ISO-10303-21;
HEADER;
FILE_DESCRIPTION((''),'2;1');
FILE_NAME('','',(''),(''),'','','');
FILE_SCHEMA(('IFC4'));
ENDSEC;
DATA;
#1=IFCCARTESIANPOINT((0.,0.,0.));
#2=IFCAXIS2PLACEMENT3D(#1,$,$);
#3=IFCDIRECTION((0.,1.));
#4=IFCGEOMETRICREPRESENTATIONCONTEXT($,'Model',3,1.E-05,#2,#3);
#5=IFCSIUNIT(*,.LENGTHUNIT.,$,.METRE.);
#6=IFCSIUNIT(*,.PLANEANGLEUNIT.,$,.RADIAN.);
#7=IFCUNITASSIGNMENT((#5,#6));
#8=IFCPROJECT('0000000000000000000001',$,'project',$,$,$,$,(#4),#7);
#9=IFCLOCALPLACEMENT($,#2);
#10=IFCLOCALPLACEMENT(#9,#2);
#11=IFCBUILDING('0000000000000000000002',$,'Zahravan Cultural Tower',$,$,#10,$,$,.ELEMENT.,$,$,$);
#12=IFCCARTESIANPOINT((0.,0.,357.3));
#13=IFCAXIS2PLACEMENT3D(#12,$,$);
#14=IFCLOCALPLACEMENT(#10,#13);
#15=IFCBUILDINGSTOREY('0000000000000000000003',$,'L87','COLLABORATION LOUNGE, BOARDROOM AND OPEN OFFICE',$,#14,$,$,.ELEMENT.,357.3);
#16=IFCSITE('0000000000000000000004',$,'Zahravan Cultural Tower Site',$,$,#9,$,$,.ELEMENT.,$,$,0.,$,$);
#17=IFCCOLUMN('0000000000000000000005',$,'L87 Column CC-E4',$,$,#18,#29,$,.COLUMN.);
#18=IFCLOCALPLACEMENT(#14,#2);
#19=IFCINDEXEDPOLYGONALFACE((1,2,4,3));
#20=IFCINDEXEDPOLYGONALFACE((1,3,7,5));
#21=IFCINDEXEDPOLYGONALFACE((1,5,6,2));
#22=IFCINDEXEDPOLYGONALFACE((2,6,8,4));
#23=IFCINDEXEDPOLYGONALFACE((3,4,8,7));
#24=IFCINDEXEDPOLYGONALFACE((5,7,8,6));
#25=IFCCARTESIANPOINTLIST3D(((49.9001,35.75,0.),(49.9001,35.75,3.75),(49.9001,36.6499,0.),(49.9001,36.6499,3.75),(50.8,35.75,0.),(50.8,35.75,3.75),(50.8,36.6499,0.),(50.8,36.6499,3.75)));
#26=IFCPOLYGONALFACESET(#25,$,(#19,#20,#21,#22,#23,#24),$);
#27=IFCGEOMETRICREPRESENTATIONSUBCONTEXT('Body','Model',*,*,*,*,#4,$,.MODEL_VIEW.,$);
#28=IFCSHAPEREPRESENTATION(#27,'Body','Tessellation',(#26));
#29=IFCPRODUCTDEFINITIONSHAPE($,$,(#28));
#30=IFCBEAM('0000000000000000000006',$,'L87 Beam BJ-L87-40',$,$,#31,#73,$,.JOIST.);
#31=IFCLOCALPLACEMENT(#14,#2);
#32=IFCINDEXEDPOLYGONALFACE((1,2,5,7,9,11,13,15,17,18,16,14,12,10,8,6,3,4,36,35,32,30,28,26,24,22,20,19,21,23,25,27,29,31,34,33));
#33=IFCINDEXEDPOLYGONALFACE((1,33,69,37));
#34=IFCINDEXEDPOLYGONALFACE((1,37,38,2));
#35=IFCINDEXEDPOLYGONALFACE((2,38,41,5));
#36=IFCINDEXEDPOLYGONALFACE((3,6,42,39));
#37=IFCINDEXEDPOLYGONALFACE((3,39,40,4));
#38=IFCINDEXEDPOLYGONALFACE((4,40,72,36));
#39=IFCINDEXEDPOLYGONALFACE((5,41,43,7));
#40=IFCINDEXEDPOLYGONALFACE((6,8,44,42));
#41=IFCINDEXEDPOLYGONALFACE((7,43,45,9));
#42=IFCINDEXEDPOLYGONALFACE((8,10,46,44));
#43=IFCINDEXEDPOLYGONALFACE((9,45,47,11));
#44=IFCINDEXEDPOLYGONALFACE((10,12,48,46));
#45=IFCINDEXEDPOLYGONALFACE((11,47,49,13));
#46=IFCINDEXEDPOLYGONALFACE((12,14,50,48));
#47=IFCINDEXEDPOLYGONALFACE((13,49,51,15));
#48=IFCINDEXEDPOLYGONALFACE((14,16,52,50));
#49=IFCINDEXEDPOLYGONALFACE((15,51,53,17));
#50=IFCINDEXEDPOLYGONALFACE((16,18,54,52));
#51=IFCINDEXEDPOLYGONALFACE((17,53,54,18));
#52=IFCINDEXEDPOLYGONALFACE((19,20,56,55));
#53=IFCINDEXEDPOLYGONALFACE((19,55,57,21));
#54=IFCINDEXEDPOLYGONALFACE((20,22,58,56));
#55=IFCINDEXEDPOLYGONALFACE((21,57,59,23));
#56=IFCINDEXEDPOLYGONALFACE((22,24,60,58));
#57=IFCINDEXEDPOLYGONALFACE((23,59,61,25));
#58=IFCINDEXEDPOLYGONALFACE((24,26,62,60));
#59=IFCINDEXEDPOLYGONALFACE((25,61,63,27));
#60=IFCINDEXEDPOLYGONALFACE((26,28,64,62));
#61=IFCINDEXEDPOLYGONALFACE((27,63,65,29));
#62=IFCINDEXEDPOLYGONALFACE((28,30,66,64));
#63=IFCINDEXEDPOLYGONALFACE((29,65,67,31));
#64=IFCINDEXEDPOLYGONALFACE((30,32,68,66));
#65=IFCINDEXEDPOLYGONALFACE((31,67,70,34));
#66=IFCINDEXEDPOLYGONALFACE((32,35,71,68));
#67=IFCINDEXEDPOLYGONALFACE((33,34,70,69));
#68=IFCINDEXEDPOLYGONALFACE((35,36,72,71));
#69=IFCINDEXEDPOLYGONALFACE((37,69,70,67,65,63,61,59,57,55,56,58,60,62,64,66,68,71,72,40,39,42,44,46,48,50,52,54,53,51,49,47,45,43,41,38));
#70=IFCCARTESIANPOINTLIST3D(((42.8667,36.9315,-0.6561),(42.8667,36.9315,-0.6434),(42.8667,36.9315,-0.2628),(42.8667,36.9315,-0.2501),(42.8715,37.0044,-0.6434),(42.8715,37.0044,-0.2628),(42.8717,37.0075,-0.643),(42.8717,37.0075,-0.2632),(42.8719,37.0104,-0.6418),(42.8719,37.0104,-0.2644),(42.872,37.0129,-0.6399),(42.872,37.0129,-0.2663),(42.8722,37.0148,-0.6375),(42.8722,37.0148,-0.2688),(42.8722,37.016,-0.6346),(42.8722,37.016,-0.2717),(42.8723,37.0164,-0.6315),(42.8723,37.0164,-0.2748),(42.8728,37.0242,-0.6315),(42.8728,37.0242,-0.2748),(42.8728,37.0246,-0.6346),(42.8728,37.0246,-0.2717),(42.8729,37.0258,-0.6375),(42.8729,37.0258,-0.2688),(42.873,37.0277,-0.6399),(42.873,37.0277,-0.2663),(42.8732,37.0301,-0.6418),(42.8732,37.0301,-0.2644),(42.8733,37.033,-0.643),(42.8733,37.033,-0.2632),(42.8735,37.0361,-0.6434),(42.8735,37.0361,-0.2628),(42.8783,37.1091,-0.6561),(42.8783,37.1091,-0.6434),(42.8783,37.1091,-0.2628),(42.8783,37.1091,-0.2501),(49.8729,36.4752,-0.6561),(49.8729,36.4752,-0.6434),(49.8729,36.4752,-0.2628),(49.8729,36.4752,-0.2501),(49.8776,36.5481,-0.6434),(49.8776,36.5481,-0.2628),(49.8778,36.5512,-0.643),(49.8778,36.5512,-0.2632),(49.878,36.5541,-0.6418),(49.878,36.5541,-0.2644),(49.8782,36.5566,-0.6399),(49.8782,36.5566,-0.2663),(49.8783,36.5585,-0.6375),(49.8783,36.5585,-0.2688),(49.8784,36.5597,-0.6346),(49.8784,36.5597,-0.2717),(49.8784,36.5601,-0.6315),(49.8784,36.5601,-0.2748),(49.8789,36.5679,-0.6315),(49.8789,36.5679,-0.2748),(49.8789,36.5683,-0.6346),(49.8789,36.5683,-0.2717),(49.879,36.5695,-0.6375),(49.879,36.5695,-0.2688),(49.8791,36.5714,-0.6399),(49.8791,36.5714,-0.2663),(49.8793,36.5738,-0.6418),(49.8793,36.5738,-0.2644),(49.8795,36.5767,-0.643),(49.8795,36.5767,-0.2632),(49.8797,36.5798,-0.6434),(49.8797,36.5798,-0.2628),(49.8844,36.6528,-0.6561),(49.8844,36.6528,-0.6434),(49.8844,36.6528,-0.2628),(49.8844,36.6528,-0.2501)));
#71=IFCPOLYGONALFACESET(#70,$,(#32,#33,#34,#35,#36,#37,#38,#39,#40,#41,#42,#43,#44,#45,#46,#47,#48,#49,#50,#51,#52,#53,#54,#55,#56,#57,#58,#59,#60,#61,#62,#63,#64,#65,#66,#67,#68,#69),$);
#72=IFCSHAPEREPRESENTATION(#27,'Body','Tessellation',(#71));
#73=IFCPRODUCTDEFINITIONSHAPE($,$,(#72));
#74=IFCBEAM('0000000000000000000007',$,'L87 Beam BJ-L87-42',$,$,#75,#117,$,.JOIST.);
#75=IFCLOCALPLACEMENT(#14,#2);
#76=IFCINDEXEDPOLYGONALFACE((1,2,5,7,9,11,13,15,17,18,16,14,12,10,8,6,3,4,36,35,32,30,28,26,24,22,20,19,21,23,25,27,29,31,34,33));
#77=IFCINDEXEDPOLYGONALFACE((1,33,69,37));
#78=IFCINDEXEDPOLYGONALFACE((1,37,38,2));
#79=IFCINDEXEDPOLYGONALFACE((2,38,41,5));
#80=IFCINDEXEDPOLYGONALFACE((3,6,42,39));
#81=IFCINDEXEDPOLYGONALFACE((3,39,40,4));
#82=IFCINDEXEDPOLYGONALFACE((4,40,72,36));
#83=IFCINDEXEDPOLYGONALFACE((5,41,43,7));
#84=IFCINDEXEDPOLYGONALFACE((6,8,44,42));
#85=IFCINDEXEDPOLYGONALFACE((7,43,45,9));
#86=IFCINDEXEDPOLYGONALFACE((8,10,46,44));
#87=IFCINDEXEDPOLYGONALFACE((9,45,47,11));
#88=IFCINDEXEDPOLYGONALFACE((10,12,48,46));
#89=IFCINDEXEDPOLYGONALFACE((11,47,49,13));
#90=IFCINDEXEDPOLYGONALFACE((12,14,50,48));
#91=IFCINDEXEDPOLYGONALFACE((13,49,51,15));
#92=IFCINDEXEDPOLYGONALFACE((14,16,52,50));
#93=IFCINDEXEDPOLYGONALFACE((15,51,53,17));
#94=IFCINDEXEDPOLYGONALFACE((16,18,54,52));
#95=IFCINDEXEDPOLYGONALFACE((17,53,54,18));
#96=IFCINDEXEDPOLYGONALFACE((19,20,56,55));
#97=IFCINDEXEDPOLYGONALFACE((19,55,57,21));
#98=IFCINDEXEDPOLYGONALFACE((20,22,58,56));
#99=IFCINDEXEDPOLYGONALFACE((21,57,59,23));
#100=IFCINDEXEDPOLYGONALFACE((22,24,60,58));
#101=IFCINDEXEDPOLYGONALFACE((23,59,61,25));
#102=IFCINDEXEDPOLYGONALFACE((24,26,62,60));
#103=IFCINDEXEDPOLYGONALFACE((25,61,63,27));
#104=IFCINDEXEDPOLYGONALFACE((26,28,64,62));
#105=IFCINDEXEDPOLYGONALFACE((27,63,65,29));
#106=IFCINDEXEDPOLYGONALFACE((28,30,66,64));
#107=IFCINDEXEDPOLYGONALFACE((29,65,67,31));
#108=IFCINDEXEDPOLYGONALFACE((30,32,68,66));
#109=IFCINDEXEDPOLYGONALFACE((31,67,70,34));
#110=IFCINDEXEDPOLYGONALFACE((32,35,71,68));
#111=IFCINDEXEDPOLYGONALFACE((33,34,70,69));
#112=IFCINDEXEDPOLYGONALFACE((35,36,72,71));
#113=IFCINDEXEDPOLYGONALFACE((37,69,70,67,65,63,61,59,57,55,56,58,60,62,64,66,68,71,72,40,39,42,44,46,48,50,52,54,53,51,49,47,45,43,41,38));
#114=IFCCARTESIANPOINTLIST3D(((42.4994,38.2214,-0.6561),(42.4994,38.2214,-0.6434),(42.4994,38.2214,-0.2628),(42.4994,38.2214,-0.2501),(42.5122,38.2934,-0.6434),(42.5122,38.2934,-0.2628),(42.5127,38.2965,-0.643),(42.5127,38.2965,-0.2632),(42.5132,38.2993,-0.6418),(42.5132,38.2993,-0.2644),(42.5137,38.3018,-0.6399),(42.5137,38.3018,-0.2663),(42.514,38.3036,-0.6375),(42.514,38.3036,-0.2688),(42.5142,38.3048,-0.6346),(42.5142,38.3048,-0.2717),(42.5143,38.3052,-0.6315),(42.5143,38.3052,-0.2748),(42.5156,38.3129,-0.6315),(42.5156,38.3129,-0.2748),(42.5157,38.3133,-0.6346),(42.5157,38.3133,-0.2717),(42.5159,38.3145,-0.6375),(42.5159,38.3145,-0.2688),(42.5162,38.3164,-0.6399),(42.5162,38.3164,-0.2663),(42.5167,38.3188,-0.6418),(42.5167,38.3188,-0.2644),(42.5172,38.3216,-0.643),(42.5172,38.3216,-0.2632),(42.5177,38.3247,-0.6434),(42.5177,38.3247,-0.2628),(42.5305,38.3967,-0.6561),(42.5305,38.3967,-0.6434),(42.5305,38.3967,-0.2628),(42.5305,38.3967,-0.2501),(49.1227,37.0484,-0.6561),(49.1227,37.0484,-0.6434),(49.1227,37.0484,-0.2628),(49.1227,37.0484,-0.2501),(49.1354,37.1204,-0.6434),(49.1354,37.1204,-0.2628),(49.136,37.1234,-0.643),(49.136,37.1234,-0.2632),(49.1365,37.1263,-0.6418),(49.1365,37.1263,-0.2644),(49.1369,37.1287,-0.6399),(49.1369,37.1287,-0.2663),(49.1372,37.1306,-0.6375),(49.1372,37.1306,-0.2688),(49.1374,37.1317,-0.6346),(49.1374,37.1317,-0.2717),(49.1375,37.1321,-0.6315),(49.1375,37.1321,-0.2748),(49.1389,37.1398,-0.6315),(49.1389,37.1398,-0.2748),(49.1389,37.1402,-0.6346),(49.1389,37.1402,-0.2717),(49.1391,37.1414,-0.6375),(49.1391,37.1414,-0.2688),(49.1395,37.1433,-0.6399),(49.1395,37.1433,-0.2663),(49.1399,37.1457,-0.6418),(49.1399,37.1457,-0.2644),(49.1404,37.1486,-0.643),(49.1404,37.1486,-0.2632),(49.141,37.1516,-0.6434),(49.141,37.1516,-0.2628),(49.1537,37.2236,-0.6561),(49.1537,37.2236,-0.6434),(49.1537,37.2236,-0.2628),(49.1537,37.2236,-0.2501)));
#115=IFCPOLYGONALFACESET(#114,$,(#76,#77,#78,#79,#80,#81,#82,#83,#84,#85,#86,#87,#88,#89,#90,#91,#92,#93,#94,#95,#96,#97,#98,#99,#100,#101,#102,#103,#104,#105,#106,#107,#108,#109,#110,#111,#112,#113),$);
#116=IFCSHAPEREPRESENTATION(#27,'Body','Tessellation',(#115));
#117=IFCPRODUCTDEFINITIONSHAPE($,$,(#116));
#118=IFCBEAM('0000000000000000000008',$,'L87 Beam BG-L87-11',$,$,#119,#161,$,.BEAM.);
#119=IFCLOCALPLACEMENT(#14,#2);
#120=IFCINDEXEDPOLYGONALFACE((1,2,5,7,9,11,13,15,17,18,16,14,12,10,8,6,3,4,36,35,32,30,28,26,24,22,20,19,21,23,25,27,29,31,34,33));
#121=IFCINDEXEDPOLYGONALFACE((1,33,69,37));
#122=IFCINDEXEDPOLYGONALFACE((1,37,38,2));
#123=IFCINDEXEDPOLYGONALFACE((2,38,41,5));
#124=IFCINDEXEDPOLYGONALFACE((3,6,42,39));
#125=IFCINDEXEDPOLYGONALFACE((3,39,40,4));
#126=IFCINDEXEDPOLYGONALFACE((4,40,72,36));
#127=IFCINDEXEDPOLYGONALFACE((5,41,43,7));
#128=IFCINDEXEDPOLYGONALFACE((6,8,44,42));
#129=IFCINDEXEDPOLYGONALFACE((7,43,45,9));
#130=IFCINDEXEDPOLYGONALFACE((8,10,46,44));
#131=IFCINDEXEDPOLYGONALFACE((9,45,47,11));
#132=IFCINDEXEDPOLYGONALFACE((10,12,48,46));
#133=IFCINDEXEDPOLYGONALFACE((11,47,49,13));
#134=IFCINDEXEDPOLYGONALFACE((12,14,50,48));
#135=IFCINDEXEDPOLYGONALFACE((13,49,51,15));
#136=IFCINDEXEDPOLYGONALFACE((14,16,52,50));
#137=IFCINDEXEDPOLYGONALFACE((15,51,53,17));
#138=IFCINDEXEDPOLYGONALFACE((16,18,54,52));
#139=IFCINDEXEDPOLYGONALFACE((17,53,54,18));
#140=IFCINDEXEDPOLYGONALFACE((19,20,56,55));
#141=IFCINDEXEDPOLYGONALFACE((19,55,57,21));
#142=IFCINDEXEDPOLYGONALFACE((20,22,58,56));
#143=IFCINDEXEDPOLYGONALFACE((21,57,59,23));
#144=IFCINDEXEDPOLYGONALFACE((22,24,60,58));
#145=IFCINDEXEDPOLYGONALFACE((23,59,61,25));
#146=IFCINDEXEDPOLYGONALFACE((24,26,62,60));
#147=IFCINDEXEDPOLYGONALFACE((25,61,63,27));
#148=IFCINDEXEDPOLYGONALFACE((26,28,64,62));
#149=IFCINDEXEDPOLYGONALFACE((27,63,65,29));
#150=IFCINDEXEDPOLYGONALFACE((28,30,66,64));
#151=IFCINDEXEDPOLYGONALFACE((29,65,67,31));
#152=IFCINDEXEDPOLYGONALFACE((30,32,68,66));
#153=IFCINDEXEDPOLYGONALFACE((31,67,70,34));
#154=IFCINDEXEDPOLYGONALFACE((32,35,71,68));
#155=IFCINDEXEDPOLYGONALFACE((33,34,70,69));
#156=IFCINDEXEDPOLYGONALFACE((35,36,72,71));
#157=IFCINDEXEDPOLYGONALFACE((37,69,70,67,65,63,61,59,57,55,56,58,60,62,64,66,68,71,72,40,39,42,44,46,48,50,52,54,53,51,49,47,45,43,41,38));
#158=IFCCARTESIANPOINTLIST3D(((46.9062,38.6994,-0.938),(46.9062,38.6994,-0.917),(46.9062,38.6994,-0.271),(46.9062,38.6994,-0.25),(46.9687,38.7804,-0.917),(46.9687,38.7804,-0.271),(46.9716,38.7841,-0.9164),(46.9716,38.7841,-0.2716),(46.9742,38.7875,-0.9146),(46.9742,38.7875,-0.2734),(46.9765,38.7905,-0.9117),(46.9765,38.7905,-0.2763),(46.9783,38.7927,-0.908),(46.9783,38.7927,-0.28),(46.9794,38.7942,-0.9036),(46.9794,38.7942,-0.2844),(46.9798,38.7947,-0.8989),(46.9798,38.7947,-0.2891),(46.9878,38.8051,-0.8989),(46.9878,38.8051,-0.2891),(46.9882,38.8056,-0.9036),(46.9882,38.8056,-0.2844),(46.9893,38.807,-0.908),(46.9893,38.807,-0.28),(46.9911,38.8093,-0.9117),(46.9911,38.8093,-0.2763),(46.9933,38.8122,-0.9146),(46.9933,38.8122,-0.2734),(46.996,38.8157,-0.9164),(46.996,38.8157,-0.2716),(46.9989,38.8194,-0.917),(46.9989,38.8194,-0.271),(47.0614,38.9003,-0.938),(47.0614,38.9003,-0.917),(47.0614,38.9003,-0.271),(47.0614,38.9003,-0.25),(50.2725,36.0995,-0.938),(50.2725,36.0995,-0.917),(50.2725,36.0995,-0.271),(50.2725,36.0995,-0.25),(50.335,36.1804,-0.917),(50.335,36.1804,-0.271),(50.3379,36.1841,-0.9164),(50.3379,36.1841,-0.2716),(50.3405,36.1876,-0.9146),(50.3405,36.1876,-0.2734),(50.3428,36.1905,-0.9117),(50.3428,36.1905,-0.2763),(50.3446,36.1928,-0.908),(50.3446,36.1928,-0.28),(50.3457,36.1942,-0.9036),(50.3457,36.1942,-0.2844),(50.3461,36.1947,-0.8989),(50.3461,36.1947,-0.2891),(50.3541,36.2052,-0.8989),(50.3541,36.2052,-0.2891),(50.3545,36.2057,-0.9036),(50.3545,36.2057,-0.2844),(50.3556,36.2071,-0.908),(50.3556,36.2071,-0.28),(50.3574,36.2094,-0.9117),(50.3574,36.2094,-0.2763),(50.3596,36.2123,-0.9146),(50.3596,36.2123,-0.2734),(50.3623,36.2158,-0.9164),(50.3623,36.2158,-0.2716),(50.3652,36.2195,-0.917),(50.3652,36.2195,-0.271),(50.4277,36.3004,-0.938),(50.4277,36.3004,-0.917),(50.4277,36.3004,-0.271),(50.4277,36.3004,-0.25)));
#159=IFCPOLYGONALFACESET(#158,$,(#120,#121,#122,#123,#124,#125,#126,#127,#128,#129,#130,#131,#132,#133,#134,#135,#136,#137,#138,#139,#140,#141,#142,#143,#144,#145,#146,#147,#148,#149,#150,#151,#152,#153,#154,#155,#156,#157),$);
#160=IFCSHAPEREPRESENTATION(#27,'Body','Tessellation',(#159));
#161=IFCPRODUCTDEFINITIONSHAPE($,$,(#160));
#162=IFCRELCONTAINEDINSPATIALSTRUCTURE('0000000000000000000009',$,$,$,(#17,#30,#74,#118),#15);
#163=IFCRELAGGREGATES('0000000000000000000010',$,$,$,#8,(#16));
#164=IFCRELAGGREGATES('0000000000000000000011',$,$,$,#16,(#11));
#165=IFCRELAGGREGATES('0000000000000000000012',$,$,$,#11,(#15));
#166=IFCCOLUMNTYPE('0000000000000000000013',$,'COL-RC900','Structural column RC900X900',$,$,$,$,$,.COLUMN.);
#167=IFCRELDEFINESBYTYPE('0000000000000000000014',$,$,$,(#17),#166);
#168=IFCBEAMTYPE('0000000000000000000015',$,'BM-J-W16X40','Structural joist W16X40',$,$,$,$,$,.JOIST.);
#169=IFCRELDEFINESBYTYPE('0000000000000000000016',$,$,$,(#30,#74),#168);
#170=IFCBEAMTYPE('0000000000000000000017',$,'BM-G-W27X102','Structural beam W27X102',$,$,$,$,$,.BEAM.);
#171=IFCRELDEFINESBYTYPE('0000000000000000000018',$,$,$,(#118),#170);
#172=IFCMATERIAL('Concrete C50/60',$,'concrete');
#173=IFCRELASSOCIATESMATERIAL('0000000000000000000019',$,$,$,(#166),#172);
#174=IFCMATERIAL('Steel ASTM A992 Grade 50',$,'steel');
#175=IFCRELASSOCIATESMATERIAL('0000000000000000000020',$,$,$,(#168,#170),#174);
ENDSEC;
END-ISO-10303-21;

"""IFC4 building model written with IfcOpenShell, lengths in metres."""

from ifc_helpers import new_model, si_unit, direction, frame, origin, origin_2d, place, context, subcontext, project, spatial, rectangle, i_section, extrude, source, transform, mapped, material, material_profile, profile_set, type_object, element, save


model = new_model("IFC4")

# Units and contexts
model_context = context("Model", 3, precision=1e-05, world=origin(), true_north=direction((0.0, 1.0)))
body_context = subcontext(model_context, "Body", "Model", "MODEL_VIEW")
ifc_project = project(units=[si_unit("LENGTHUNIT", "METRE"), si_unit("PLANEANGLEUNIT", "RADIAN")], contexts=[model_context])

# Site, building, storey
site_placement = place(None, origin())
site = spatial("IfcSite", under=ifc_project, at=site_placement, Name="Zahravan Cultural Tower Site", CompositionType="ELEMENT", RefElevation=0.0)
building_placement = place(site_placement, origin())
building = spatial("IfcBuilding", under=site, at=building_placement, Name="Zahravan Cultural Tower", CompositionType="ELEMENT")
storey_placement = place(building_placement, frame((0.0, 0.0, 357.3)))
storey = spatial("IfcBuildingStorey", under=building, at=storey_placement, Name="L87", Description="COLLABORATION LOUNGE, BOARDROOM AND OPEN OFFICE", CompositionType="ELEMENT", Elevation=357.3)

# Column
ifc_material_1 = material(Name="Concrete C50/60", Category="concrete")
ifc_material_profile_1 = material_profile(ifc_material_1, rectangle(XDim=0.8999, YDim=0.8999, at=origin_2d()), Name="RC900X900")
ifc_profile_set_1 = profile_set([ifc_material_profile_1], Name="Concrete C50/60")
column_type = type_object("IfcColumnType", Name="COL-RC900", Description="Structural column RC900X900", PredefinedType="COLUMN", material=ifc_profile_set_1)
shared_shape_1 = source(origin(), body_context, "Body", "SweptSolid", [
    extrude(rectangle(XDim=0.8999, YDim=0.8999, at=origin_2d()), origin(), (0.0, 0.0, 1.0), 3.75),
])
column_placement = place(storey_placement, frame((50.3501, 36.2, 0.0), z_axis=(0.0, 0.0, 1.0), x_axis=(1.0, 0.0, 0.0)))
element("IfcColumn", 1, at=column_placement, inside=storey, type_object=column_type, Name="L87 Column CC-E4", PredefinedType="COLUMN", context=body_context, shape_type="MappedRepresentation", body=[
    mapped(shared_shape_1, transform((0.0, 0.0, 0.0), x_axis=(1.0, 0.0, 0.0), y_axis=(0.0, 1.0, 0.0), z_axis=(0.0, 0.0, 1.0), scale=1.0)),
])

# Beams
ifc_material_2 = material(Name="Steel ASTM A992 Grade 50", Category="steel")
ifc_material_profile_2 = material_profile(ifc_material_2, i_section(OverallWidth=0.178, OverallDepth=0.406, WebThickness=0.0078, FlangeThickness=0.0127, FilletRadius=0.012, at=origin_2d()), Name="W16X40")
ifc_profile_set_2 = profile_set([ifc_material_profile_2], Name="Steel ASTM A992 Grade 50")
beam_type_1 = type_object("IfcBeamType", Name="BM-J-W16X40", Description="Structural joist W16X40", PredefinedType="JOIST", material=ifc_profile_set_2)
shared_shape_2 = source(origin(), body_context, "Body", "SweptSolid", [
    extrude(i_section(OverallWidth=0.178, OverallDepth=0.406, WebThickness=0.0078, FlangeThickness=0.0127, FilletRadius=0.012, at=origin_2d()), origin(), (0.0, 0.0, 1.0), 7.021),
])
beam_1_placement = place(storey_placement, frame((49.8787, 36.564, -0.4531), z_axis=(-0.997886, 0.064991, 0.0), x_axis=(-0.064991, -0.997886, 0.0)))
element("IfcBeam", 2, at=beam_1_placement, inside=storey, type_object=beam_type_1, Name="L87 Beam BJ-L87-40", PredefinedType="JOIST", context=body_context, shape_type="MappedRepresentation", body=[
    mapped(shared_shape_2, transform((0.0, 0.0, 0.0), x_axis=(1.0, 0.0, 0.0), y_axis=(0.0, 1.0, 0.0), z_axis=(0.0, 0.0, 1.0), scale=1.0)),
])
shared_shape_3 = source(origin(), body_context, "Body", "SweptSolid", [
    extrude(i_section(OverallWidth=0.178, OverallDepth=0.406, WebThickness=0.0078, FlangeThickness=0.0127, FilletRadius=0.012, at=origin_2d()), origin(), (0.0, 0.0, 1.0), 6.7263),
])
beam_2_placement = place(storey_placement, frame((49.1382, 37.136, -0.4531), z_axis=(-0.984674, 0.174402, 0.0), x_axis=(-0.174402, -0.984674, 0.0)))
element("IfcBeam", 3, at=beam_2_placement, inside=storey, type_object=beam_type_1, Name="L87 Beam BJ-L87-42", PredefinedType="JOIST", context=body_context, shape_type="MappedRepresentation", body=[
    mapped(shared_shape_3, transform((0.0, 0.0, 0.0), x_axis=(1.0, 0.0, 0.0), y_axis=(0.0, 1.0, 0.0), z_axis=(0.0, 0.0, 1.0), scale=1.0)),
])
ifc_material_profile_3 = material_profile(ifc_material_2, i_section(OverallWidth=0.2539, OverallDepth=0.688, WebThickness=0.0132, FlangeThickness=0.021, FilletRadius=0.0181, at=origin_2d()), Name="W27X102")
ifc_profile_set_3 = profile_set([ifc_material_profile_3], Name="Steel ASTM A992 Grade 50")
beam_type_2 = type_object("IfcBeamType", Name="BM-G-W27X102", Description="Structural beam W27X102", PredefinedType="BEAM", material=ifc_profile_set_3)
shared_shape_4 = source(origin(), body_context, "Body", "SweptSolid", [
    extrude(i_section(OverallWidth=0.2539, OverallDepth=0.688, WebThickness=0.0132, FlangeThickness=0.021, FilletRadius=0.0181, at=origin_2d()), origin(), (0.0, 0.0, 1.0), 4.2534),
])
beam_3_placement = place(storey_placement, frame((50.3501, 36.2, -0.594), z_axis=(-0.791434, 0.611255, 0.0), x_axis=(-0.611255, -0.791434, 0.0)))
element("IfcBeam", 4, at=beam_3_placement, inside=storey, type_object=beam_type_2, Name="L87 Beam BG-L87-11", PredefinedType="BEAM", context=body_context, shape_type="MappedRepresentation", body=[
    mapped(shared_shape_4, transform((0.0, 0.0, 0.0), x_axis=(1.0, 0.0, 0.0), y_axis=(0.0, 1.0, 0.0), z_axis=(0.0, 0.0, 1.0), scale=1.0)),
])

save(model, "model.ifc")
